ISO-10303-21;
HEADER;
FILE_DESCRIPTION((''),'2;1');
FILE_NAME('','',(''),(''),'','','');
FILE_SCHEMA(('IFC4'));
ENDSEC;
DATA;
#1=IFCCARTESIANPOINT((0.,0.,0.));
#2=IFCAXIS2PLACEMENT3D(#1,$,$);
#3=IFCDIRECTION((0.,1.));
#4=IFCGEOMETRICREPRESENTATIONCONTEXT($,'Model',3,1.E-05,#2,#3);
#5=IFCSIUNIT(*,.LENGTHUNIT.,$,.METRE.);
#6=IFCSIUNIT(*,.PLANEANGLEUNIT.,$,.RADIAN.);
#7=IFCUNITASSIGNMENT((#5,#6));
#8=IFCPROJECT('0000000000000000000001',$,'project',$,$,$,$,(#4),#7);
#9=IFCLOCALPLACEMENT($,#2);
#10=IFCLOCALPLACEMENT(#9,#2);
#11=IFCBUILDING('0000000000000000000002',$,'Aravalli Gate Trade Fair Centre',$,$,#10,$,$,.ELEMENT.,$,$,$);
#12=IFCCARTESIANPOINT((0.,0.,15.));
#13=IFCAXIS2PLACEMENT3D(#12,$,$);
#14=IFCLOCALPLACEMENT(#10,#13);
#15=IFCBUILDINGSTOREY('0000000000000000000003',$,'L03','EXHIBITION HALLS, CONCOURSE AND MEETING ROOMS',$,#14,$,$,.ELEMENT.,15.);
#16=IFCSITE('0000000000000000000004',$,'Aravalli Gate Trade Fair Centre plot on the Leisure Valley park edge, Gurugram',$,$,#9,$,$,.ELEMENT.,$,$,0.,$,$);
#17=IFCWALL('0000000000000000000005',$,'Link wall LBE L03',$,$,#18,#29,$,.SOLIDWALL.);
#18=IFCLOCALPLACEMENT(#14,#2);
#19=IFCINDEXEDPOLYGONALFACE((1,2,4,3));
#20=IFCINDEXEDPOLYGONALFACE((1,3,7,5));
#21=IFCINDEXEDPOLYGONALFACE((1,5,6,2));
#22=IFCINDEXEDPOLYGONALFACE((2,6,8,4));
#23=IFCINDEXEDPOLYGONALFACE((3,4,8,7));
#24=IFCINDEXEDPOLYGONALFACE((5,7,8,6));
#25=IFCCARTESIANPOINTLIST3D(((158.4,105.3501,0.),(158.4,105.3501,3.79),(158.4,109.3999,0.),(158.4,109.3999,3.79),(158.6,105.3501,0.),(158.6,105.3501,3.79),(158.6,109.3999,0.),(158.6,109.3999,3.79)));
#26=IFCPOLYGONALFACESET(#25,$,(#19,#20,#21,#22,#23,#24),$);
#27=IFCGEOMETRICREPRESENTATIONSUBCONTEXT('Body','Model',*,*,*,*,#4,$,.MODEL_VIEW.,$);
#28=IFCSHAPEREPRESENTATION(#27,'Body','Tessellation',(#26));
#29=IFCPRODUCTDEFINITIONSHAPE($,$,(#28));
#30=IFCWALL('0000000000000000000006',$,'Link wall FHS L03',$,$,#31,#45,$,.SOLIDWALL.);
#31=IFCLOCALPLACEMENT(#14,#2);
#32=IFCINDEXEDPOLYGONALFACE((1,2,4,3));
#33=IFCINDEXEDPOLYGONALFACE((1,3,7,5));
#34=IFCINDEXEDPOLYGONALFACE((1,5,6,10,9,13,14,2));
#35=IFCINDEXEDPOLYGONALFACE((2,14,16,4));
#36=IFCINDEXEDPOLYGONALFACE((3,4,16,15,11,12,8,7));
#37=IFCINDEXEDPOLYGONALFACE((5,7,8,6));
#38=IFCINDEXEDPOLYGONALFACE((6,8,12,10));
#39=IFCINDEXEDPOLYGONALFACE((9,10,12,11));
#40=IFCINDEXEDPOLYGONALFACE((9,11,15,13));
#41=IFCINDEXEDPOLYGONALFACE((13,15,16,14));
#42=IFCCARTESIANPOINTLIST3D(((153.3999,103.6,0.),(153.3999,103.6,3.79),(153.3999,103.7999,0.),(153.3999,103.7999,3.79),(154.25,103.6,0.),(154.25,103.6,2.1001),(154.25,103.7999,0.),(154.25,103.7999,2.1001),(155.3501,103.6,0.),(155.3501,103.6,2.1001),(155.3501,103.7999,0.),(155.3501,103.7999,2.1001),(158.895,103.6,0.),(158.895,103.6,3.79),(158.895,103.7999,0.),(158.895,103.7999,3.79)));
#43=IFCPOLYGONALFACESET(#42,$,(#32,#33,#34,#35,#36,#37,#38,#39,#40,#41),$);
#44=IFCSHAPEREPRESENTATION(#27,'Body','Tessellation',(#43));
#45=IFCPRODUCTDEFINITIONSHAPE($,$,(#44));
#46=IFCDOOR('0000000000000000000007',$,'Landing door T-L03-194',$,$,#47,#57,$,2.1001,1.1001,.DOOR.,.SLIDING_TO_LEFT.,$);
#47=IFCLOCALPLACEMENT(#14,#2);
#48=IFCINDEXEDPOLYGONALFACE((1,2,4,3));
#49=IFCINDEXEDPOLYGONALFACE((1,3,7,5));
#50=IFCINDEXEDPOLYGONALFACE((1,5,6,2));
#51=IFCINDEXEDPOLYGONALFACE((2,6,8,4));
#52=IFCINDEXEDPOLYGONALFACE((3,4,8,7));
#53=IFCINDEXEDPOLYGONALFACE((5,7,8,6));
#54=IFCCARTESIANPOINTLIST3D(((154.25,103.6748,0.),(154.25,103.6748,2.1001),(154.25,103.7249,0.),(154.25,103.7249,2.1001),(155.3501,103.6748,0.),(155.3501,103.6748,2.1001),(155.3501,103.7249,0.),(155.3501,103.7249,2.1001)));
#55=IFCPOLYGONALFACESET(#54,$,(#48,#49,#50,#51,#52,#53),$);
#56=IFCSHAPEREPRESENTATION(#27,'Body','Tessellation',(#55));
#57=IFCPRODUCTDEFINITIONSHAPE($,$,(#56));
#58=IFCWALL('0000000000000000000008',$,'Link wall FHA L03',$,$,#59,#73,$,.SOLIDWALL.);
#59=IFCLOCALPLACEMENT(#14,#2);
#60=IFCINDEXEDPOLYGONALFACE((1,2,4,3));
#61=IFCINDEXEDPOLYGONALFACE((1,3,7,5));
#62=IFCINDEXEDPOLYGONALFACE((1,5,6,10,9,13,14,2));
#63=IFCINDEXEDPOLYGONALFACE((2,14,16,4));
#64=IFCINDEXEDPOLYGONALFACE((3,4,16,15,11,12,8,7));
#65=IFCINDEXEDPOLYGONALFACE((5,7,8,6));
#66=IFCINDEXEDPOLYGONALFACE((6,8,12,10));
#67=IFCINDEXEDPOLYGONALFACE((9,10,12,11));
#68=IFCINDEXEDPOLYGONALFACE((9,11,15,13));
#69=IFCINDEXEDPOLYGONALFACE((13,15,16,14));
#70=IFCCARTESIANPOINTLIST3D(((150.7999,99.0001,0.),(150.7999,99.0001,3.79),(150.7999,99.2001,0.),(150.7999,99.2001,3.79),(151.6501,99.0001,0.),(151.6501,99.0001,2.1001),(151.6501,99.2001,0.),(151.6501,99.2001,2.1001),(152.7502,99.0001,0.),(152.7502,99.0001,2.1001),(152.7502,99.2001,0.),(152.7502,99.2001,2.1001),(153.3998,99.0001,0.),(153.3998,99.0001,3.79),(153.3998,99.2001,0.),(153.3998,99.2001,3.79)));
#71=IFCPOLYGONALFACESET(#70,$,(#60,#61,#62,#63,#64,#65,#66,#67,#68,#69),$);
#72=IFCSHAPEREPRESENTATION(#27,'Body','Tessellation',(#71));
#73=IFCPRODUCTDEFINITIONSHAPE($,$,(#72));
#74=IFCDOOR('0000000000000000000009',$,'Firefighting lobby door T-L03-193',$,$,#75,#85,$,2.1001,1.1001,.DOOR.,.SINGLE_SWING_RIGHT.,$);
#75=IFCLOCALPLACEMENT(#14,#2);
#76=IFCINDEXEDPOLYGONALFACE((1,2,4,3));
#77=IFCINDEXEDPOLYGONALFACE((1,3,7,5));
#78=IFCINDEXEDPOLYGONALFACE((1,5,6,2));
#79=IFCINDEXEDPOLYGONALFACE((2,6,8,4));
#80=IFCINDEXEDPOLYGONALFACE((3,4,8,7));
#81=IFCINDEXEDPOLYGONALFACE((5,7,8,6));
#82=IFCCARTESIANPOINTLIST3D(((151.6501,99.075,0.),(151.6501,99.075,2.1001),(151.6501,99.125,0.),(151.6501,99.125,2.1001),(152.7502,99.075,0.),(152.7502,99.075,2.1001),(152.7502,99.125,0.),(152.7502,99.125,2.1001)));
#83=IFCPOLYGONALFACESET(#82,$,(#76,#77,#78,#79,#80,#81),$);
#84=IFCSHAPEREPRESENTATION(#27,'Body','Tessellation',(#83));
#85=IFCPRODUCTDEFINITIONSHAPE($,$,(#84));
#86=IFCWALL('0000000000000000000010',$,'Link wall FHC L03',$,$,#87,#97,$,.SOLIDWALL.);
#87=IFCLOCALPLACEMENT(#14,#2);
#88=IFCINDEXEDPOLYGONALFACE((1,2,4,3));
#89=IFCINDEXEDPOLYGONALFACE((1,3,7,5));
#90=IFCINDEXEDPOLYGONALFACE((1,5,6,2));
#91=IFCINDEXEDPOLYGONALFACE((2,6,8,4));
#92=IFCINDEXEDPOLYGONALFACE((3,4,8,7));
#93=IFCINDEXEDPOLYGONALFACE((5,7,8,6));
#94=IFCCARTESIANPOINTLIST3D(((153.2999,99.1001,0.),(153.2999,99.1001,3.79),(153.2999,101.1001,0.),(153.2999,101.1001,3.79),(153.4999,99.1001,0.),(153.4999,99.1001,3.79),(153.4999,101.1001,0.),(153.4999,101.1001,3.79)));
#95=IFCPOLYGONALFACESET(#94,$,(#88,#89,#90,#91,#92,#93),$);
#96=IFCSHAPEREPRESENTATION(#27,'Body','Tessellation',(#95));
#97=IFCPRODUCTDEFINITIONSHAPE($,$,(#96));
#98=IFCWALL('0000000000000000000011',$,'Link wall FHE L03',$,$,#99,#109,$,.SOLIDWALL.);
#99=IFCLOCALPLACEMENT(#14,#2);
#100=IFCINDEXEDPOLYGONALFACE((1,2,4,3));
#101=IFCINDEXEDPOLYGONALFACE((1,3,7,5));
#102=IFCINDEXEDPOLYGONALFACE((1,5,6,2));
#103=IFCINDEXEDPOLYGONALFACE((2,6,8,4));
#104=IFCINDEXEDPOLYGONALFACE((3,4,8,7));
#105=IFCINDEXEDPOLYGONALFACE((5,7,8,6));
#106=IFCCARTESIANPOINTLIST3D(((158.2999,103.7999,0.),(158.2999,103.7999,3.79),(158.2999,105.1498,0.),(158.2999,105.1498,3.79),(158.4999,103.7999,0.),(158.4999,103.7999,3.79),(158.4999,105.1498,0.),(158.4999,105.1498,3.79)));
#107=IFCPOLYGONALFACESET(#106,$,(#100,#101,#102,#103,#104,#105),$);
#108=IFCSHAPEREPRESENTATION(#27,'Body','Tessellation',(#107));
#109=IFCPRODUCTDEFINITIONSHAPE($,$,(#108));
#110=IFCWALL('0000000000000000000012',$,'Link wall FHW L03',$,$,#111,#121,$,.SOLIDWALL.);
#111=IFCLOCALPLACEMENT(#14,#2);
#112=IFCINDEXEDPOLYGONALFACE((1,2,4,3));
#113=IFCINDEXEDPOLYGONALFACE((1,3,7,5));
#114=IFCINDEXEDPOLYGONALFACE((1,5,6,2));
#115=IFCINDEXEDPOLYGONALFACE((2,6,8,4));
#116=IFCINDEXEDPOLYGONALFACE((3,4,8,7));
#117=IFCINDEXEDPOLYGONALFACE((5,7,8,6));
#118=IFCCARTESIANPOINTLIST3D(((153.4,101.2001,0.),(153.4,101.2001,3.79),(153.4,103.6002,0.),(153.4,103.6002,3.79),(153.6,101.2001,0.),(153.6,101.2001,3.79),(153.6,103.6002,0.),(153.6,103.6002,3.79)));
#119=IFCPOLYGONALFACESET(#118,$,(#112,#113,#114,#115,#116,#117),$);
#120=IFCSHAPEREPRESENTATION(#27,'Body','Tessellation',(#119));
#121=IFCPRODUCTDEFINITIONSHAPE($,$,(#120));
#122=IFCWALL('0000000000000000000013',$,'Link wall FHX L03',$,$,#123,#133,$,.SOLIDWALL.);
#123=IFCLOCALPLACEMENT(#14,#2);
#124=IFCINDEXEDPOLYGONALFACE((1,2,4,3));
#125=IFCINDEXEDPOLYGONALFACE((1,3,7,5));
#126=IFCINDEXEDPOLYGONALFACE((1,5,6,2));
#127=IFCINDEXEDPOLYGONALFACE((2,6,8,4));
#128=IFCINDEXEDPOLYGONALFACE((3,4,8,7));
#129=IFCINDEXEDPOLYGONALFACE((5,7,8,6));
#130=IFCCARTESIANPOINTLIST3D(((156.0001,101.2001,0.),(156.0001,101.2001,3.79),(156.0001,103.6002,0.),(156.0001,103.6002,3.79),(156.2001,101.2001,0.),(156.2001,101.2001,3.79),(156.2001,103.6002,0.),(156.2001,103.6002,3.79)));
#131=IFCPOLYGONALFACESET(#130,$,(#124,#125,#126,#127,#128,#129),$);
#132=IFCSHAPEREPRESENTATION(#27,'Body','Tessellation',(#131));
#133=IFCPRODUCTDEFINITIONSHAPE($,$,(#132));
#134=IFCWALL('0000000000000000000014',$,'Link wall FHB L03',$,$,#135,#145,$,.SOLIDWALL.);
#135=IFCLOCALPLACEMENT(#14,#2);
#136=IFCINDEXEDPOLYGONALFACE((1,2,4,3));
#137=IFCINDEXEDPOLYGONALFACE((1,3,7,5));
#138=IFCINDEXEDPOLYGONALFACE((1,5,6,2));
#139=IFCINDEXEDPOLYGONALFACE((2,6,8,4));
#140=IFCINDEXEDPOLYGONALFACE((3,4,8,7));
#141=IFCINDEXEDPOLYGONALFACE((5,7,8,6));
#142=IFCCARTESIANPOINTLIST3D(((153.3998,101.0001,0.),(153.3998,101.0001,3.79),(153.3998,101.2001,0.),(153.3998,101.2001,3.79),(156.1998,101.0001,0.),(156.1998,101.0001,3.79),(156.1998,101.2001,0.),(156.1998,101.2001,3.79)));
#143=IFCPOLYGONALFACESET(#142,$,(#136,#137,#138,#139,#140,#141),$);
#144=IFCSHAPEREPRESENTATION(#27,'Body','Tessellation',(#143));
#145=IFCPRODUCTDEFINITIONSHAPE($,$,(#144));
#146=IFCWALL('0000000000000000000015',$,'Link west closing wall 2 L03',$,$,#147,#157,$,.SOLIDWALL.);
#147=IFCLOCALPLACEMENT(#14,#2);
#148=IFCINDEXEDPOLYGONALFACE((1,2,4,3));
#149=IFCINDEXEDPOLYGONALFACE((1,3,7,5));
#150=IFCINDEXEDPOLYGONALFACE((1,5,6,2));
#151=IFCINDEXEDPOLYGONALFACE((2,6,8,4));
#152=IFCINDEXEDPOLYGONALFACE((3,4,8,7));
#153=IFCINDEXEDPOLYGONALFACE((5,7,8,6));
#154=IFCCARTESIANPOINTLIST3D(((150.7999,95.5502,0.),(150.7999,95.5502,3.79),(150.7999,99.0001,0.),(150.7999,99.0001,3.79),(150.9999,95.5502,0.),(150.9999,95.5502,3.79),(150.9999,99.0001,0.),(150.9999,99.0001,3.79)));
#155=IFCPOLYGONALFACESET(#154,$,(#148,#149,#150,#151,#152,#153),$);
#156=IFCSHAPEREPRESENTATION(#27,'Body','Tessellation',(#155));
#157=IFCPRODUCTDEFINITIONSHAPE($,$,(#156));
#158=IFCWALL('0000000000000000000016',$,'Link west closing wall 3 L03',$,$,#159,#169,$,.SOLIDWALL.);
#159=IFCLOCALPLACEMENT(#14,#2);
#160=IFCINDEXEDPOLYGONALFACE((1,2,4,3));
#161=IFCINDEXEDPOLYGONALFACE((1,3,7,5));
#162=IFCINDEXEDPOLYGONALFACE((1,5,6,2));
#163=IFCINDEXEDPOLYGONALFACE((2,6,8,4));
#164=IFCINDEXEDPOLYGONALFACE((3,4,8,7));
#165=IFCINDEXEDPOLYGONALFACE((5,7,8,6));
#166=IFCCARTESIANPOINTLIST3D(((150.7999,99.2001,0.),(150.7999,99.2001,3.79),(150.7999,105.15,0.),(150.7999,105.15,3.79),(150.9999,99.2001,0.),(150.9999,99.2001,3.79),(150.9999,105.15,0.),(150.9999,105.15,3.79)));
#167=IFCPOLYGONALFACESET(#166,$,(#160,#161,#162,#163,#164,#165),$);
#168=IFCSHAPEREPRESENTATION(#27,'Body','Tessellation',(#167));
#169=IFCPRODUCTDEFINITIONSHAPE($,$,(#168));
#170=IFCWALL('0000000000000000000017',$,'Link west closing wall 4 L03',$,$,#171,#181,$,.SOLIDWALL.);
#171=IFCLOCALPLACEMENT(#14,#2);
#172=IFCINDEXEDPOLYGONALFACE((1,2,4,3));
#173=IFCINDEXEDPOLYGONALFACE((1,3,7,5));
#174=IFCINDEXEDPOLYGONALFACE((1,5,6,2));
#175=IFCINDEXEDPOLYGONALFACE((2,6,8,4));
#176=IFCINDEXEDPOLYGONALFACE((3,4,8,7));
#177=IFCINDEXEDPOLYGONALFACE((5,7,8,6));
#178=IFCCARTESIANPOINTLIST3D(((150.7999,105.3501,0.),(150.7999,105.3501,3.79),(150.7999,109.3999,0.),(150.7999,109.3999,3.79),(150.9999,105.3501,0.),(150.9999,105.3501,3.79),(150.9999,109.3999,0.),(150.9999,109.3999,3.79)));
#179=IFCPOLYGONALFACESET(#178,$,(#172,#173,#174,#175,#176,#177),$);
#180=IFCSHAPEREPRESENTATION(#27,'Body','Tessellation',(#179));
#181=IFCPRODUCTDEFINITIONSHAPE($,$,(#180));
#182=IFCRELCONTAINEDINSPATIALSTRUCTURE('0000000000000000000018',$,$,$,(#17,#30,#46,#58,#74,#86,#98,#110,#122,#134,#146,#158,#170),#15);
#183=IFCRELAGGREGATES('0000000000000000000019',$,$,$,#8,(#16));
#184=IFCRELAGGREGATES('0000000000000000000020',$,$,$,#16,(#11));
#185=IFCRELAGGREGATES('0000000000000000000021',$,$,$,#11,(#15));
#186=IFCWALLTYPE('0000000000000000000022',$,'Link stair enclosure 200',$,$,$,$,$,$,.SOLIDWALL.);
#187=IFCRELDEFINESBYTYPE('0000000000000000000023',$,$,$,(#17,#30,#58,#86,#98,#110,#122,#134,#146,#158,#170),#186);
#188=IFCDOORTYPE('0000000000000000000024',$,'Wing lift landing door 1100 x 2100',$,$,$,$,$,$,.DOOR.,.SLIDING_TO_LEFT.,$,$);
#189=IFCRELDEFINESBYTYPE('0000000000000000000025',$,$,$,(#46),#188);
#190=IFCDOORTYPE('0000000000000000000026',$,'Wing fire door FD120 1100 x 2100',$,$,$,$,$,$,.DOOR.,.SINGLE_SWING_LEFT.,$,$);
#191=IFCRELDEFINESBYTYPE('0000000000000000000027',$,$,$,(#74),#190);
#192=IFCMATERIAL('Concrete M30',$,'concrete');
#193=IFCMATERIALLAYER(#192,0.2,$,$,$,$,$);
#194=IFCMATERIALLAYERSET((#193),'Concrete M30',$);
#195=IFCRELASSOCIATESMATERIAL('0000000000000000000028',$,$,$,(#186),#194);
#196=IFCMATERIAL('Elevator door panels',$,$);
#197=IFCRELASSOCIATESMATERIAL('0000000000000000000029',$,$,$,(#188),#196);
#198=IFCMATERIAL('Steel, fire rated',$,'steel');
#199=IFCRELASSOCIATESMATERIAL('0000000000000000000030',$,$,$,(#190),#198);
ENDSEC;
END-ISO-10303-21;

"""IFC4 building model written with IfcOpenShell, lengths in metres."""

from ifc_helpers import new_model, si_unit, direction, frame, frame_2d, origin, place, context, subcontext, project, spatial, rectangle, extrude, material, layer, layer_set, type_object, element, fill, save


model = new_model("IFC4")

# Units and contexts
model_context = context("Model", 3, precision=1e-05, world=origin(), true_north=direction((0.0, 1.0)))
body_context = subcontext(model_context, "Body", "Model", "MODEL_VIEW")
ifc_project = project(units=[si_unit("LENGTHUNIT", "METRE"), si_unit("PLANEANGLEUNIT", "RADIAN")], contexts=[model_context])

# Site, building, storey
site_placement = place(None, origin())
site = spatial("IfcSite", under=ifc_project, at=site_placement, Name="Aravalli Gate Trade Fair Centre plot on the Leisure Valley park edge, Gurugram", CompositionType="ELEMENT", RefElevation=0.0)
building_placement = place(site_placement, origin())
building = spatial("IfcBuilding", under=site, at=building_placement, Name="Aravalli Gate Trade Fair Centre", CompositionType="ELEMENT")
storey_placement = place(building_placement, frame((0.0, 0.0, 15.0)))
storey = spatial("IfcBuildingStorey", under=building, at=storey_placement, Name="L03", Description="EXHIBITION HALLS, CONCOURSE AND MEETING ROOMS", CompositionType="ELEMENT", Elevation=15.0)

# Shared definitions
ifc_material_1 = material(Name="Concrete M30", Category="concrete")

# Shared definitions
ifc_layer_1 = layer(ifc_material_1, 0.2)
ifc_layer_set_1 = layer_set([ifc_layer_1], Name="Concrete M30")
wall_type_1 = type_object("IfcWallType", Name="Link stair enclosure 200", PredefinedType="SOLIDWALL", material=ifc_layer_set_1)
ifc_material_2 = material(Name="Steel, fire rated", Category="steel")

# Wall
wall_1_placement = place(storey_placement, frame((158.5, 105.3501, 0.0), z_axis=(0.0, 0.0, 1.0), x_axis=(0.0, 1.0, 0.0)))
element("IfcWall", 1, at=wall_1_placement, inside=storey, type_object=wall_type_1, Name="Link wall LBE L03", PredefinedType="SOLIDWALL", context=body_context, shape_type="SweptSolid", body=[
    extrude(rectangle(XDim=4.0498, YDim=0.2, at=frame_2d((2.0249, 0.0))), origin(), (0.0, 0.0, 1.0), 3.79),
])

# Walls, openings, doors
wall_2_placement = place(storey_placement, frame((153.3999, 103.7, 0.0), z_axis=(0.0, 0.0, 1.0), x_axis=(1.0, 0.0, 0.0)))
wall_2 = element("IfcWall", 2, at=wall_2_placement, inside=storey, type_object=wall_type_1, Name="Link wall FHS L03", PredefinedType="SOLIDWALL", context=body_context, shape_type="SweptSolid", body=[
    extrude(rectangle(XDim=5.4951, YDim=0.2, at=frame_2d((2.7476, 0.0))), origin(), (0.0, 0.0, 1.0), 3.79),
])
opening_1_placement = place(wall_2_placement, frame((0.8501, 0.0, 0.0)))
opening_1 = element("IfcOpeningElement", 3, at=opening_1_placement, cuts=wall_2, PredefinedType="OPENING", context=body_context, shape_type="SweptSolid", body=[
    extrude(rectangle(XDim=1.1001, YDim=2.1001, at=frame_2d((0.55, 1.05))), frame((0.0, 0.1099, 0.0), z_axis=(0.0, -1.0, 0.0), x_axis=(1.0, 0.0, 0.0)), (0.0, 0.0, 1.0), 0.22),
])
ifc_material_3 = material(Name="Elevator door panels")
door_type_1 = type_object("IfcDoorType", Name="Wing lift landing door 1100 x 2100", OperationType="SLIDING_TO_LEFT", PredefinedType="DOOR", material=ifc_material_3)
door_1_placement = place(opening_1_placement, origin())
door_1 = element("IfcDoor", 4, at=door_1_placement, inside=storey, type_object=door_type_1, Name="Landing door T-L03-194", OperationType="SLIDING_TO_LEFT", OverallHeight=2.1001, OverallWidth=1.1001, PredefinedType="DOOR", context=body_context, shape_type="SweptSolid", body=[
    extrude(rectangle(XDim=1.1001, YDim=2.1001, at=frame_2d((0.55, 1.05))), frame((0.0, 0.0249, 0.0), z_axis=(0.0, -1.0, 0.0), x_axis=(1.0, 0.0, 0.0)), (0.0, 0.0, 1.0), 0.05),
])
fill(opening_1, door_1)
wall_3_placement = place(storey_placement, frame((150.8, 99.1001, 0.0), z_axis=(0.0, 0.0, 1.0), x_axis=(1.0, 0.0, 0.0)))
wall_3 = element("IfcWall", 5, at=wall_3_placement, inside=storey, type_object=wall_type_1, Name="Link wall FHA L03", PredefinedType="SOLIDWALL", context=body_context, shape_type="SweptSolid", body=[
    extrude(rectangle(XDim=2.5999, YDim=0.2, at=frame_2d((1.2998, 0.0))), origin(), (0.0, 0.0, 1.0), 3.79),
])
opening_2_placement = place(wall_3_placement, frame((0.8501, 0.0, 0.0)))
opening_2 = element("IfcOpeningElement", 6, at=opening_2_placement, cuts=wall_3, PredefinedType="OPENING", context=body_context, shape_type="SweptSolid", body=[
    extrude(rectangle(XDim=1.1001, YDim=2.1001, at=frame_2d((0.55, 1.05))), frame((0.0, 0.1099, 0.0), z_axis=(0.0, -1.0, 0.0), x_axis=(1.0, 0.0, 0.0)), (0.0, 0.0, 1.0), 0.22),
])
door_type_2 = type_object("IfcDoorType", Name="Wing fire door FD120 1100 x 2100", OperationType="SINGLE_SWING_LEFT", PredefinedType="DOOR", material=ifc_material_2)
door_2_placement = place(opening_2_placement, origin())
door_2 = element("IfcDoor", 7, at=door_2_placement, inside=storey, type_object=door_type_2, Name="Firefighting lobby door T-L03-193", OperationType="SINGLE_SWING_RIGHT", OverallHeight=2.1001, OverallWidth=1.1001, PredefinedType="DOOR", context=body_context, shape_type="SweptSolid", body=[
    extrude(rectangle(XDim=1.1001, YDim=2.1001, at=frame_2d((0.55, 1.05))), frame((0.0, 0.0249, 0.0), z_axis=(0.0, -1.0, 0.0), x_axis=(1.0, 0.0, 0.0)), (0.0, 0.0, 1.0), 0.05),
])
fill(opening_2, door_2)

# Walls
wall_4_placement = place(storey_placement, frame((153.3999, 99.1001, 0.0), z_axis=(0.0, 0.0, 1.0), x_axis=(0.0, 1.0, 0.0)))
element("IfcWall", 8, at=wall_4_placement, inside=storey, type_object=wall_type_1, Name="Link wall FHC L03", PredefinedType="SOLIDWALL", context=body_context, shape_type="SweptSolid", body=[
    extrude(rectangle(XDim=2.0, YDim=0.2, at=frame_2d((1.0, 0.0))), origin(), (0.0, 0.0, 1.0), 3.79),
])
wall_5_placement = place(storey_placement, frame((158.3999, 103.8, 0.0), z_axis=(0.0, 0.0, 1.0), x_axis=(0.0, 1.0, 0.0)))
element("IfcWall", 9, at=wall_5_placement, inside=storey, type_object=wall_type_1, Name="Link wall FHE L03", PredefinedType="SOLIDWALL", context=body_context, shape_type="SweptSolid", body=[
    extrude(rectangle(XDim=1.3499, YDim=0.2, at=frame_2d((0.6748, 0.0))), origin(), (0.0, 0.0, 1.0), 3.79),
])
for number, where, z_axis, x_axis, name in (
    (10, (153.5, 101.2, 0.0), (0.0, 0.0, 1.0), (0.0, 1.0, 0.0), "Link wall FHW L03"),
    (11, (156.1001, 101.2, 0.0), (0.0, 0.0, 1.0), (0.0, 1.0, 0.0), "Link wall FHX L03"),
):
    element("IfcWall", number, at=place(storey_placement, frame(where, z_axis=z_axis, x_axis=x_axis)), inside=storey, type_object=wall_type_1, Name=name, PredefinedType="SOLIDWALL", context=body_context, shape_type="SweptSolid", body=[
        extrude(rectangle(XDim=2.4001, YDim=0.2, at=frame_2d((1.2002, 0.0))), origin(), (0.0, 0.0, 1.0), 3.79),
    ])
wall_6_placement = place(storey_placement, frame((153.3999, 101.1001, 0.0), z_axis=(0.0, 0.0, 1.0), x_axis=(1.0, 0.0, 0.0)))
element("IfcWall", 12, at=wall_6_placement, inside=storey, type_object=wall_type_1, Name="Link wall FHB L03", PredefinedType="SOLIDWALL", context=body_context, shape_type="SweptSolid", body=[
    extrude(rectangle(XDim=2.8, YDim=0.2, at=frame_2d((1.3999, 0.0))), origin(), (0.0, 0.0, 1.0), 3.79),
])
wall_7_placement = place(storey_placement, frame((150.8999, 95.55, 0.0), z_axis=(0.0, 0.0, 1.0), x_axis=(0.0, 1.0, 0.0)))
element("IfcWall", 13, at=wall_7_placement, inside=storey, type_object=wall_type_1, Name="Link west closing wall 2 L03", PredefinedType="SOLIDWALL", context=body_context, shape_type="SweptSolid", body=[
    extrude(rectangle(XDim=3.45, YDim=0.2, at=frame_2d((1.7251, 0.0))), origin(), (0.0, 0.0, 1.0), 3.79),
])
wall_8_placement = place(storey_placement, frame((150.8999, 99.2, 0.0), z_axis=(0.0, 0.0, 1.0), x_axis=(0.0, 1.0, 0.0)))
element("IfcWall", 14, at=wall_8_placement, inside=storey, type_object=wall_type_1, Name="Link west closing wall 3 L03", PredefinedType="SOLIDWALL", context=body_context, shape_type="SweptSolid", body=[
    extrude(rectangle(XDim=5.95, YDim=0.2, at=frame_2d((2.9751, 0.0))), origin(), (0.0, 0.0, 1.0), 3.79),
])
wall_9_placement = place(storey_placement, frame((150.8999, 105.3501, 0.0), z_axis=(0.0, 0.0, 1.0), x_axis=(0.0, 1.0, 0.0)))
element("IfcWall", 15, at=wall_9_placement, inside=storey, type_object=wall_type_1, Name="Link west closing wall 4 L03", PredefinedType="SOLIDWALL", context=body_context, shape_type="SweptSolid", body=[
    extrude(rectangle(XDim=4.0498, YDim=0.2, at=frame_2d((2.0249, 0.0))), origin(), (0.0, 0.0, 1.0), 3.79),
])

save(model, "model.ifc")
